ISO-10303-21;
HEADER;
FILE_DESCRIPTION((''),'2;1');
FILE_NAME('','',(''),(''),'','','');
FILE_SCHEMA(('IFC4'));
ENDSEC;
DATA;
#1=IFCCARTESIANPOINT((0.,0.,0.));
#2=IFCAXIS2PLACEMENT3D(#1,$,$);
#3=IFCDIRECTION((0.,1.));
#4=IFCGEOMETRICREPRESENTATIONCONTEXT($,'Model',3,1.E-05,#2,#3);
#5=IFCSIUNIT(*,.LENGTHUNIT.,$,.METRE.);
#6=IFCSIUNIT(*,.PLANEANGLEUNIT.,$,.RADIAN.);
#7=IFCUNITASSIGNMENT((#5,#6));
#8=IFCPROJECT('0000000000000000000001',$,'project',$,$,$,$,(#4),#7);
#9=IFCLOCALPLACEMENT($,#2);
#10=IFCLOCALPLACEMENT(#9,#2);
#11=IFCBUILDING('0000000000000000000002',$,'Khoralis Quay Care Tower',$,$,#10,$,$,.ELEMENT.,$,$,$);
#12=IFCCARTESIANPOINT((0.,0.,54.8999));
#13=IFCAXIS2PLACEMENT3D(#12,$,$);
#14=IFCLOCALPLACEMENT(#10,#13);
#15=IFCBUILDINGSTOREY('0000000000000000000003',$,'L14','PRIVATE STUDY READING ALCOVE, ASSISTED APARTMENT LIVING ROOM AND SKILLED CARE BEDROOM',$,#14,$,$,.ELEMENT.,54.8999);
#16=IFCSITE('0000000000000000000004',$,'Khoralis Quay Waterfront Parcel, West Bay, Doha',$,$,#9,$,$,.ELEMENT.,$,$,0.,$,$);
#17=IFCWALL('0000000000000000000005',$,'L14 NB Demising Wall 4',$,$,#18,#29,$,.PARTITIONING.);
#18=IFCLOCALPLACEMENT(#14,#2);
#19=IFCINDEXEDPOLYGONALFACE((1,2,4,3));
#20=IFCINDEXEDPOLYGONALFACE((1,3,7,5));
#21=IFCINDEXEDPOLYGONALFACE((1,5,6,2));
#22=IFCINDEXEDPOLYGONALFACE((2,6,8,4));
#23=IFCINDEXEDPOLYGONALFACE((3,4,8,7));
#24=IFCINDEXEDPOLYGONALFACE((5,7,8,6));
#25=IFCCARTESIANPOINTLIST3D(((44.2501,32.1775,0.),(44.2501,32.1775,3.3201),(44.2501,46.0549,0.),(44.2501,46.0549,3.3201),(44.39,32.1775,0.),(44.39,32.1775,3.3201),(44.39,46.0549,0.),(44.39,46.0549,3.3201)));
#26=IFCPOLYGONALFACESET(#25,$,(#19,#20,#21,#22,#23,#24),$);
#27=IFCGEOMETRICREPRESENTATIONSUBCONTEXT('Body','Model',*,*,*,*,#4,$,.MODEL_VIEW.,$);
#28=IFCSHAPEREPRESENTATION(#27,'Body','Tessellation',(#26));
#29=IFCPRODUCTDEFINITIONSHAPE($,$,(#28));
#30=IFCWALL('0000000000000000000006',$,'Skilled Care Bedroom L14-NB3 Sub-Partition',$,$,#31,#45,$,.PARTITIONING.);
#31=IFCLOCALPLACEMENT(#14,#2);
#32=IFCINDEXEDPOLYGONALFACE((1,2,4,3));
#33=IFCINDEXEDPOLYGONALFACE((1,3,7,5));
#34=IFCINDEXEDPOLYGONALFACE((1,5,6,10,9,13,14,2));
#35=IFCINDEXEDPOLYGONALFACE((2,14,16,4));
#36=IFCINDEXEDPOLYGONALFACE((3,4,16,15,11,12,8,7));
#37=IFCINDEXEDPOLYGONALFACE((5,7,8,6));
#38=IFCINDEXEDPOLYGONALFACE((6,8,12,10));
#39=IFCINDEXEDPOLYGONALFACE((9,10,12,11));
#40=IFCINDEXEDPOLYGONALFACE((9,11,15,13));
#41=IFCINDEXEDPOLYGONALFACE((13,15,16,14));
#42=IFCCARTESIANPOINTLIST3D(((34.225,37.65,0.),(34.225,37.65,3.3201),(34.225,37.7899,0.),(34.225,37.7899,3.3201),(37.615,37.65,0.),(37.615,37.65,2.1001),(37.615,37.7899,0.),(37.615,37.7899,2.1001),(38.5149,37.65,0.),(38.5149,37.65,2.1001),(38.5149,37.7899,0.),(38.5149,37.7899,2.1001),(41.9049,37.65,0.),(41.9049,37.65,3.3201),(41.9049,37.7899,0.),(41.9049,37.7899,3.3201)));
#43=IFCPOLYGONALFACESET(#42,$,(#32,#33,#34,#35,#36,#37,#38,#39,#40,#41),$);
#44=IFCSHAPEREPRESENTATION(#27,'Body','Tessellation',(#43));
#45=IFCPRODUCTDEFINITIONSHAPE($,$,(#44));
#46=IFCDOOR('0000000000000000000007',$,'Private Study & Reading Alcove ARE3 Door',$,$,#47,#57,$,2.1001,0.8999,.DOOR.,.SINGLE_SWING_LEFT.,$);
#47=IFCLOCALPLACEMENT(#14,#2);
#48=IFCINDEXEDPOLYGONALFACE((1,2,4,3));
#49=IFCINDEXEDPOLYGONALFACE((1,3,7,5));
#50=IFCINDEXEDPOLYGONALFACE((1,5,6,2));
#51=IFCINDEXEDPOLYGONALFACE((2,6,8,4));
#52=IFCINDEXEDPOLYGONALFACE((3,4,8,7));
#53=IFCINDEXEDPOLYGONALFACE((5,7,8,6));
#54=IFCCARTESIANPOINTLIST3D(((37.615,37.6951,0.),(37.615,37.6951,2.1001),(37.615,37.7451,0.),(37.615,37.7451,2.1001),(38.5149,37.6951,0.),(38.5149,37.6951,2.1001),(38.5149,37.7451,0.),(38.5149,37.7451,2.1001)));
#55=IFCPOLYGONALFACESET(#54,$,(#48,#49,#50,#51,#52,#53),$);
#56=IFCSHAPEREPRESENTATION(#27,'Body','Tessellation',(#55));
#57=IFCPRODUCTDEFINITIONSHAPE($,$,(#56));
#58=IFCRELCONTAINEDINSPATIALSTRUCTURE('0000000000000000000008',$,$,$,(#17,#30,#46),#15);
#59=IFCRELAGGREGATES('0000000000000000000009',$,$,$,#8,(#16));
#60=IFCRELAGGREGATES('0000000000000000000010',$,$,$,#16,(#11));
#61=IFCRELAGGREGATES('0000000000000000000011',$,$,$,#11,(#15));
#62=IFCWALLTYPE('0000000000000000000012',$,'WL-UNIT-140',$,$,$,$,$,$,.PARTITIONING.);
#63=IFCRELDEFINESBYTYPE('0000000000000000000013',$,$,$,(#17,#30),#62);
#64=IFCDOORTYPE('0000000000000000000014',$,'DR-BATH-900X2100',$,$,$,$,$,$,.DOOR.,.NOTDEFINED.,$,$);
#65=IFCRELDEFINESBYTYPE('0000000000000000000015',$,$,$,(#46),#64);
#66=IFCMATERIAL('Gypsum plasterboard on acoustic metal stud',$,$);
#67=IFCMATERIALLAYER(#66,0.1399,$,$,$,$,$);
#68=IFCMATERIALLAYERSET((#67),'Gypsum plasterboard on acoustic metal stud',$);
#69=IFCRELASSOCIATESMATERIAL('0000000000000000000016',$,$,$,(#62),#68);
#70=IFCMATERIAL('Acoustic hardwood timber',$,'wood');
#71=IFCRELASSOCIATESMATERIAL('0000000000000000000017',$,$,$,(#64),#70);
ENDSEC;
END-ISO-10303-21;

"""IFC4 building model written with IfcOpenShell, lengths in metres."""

from ifc_helpers import new_model, si_unit, direction, frame, frame_2d, origin, place, context, subcontext, project, spatial, rectangle, extrude, source, transform, mapped, material, layer, layer_set, type_object, element, fill, save


model = new_model("IFC4")

# Units and contexts
model_context = context("Model", 3, precision=1e-05, world=origin(), true_north=direction((0.0, 1.0)))
body_context = subcontext(model_context, "Body", "Model", "MODEL_VIEW")
ifc_project = project(units=[si_unit("LENGTHUNIT", "METRE"), si_unit("PLANEANGLEUNIT", "RADIAN")], contexts=[model_context])

# Site, building, storey
site_placement = place(None, origin())
site = spatial("IfcSite", under=ifc_project, at=site_placement, Name="Khoralis Quay Waterfront Parcel, West Bay, Doha", CompositionType="ELEMENT", RefElevation=0.0)
building_placement = place(site_placement, origin())
building = spatial("IfcBuilding", under=site, at=building_placement, Name="Khoralis Quay Care Tower", CompositionType="ELEMENT")
storey_placement = place(building_placement, frame((0.0, 0.0, 54.8999)))
storey = spatial("IfcBuildingStorey", under=building, at=storey_placement, Name="L14", Description="PRIVATE STUDY READING ALCOVE, ASSISTED APARTMENT LIVING ROOM AND SKILLED CARE BEDROOM", CompositionType="ELEMENT", Elevation=54.8999)

# Wall
ifc_material_1 = material(Name="Gypsum plasterboard on acoustic metal stud")
ifc_layer_1 = layer(ifc_material_1, 0.1399)
ifc_layer_set_1 = layer_set([ifc_layer_1], Name="Gypsum plasterboard on acoustic metal stud")
wall_type_1 = type_object("IfcWallType", Name="WL-UNIT-140", PredefinedType="PARTITIONING", material=ifc_layer_set_1)
wall_1_placement = place(storey_placement, frame((44.3201, 32.1775, 0.0), z_axis=(0.0, 0.0, 1.0), x_axis=(0.0, 1.0, 0.0)))
element("IfcWall", 1, at=wall_1_placement, inside=storey, type_object=wall_type_1, Name="L14 NB Demising Wall 4", PredefinedType="PARTITIONING", context=body_context, shape_type="SweptSolid", body=[
    extrude(rectangle(XDim=13.8774, YDim=0.1399, at=frame_2d((6.9387, 0.0))), origin(), (0.0, 0.0, 1.0), 3.3201),
])

# Wall, opening, door
wall_2_placement = place(storey_placement, frame((34.2251, 37.72, 0.0), z_axis=(0.0, 0.0, 1.0), x_axis=(1.0, 0.0, 0.0)))
wall_2 = element("IfcWall", 2, at=wall_2_placement, inside=storey, type_object=wall_type_1, Name="Skilled Care Bedroom L14-NB3 Sub-Partition", PredefinedType="PARTITIONING", context=body_context, shape_type="SweptSolid", body=[
    extrude(rectangle(XDim=7.6799, YDim=0.1399, at=frame_2d((3.8398, 0.0))), origin(), (0.0, 0.0, 1.0), 3.3201),
])
opening_1_placement = place(wall_2_placement, frame((3.3899, 0.0, 0.0)))
opening_1 = element("IfcOpeningElement", 3, at=opening_1_placement, cuts=wall_2, PredefinedType="OPENING", context=body_context, shape_type="SweptSolid", body=[
    extrude(rectangle(XDim=0.8999, YDim=2.1001, at=frame_2d((0.45, 1.05))), frame((0.0, 0.0801, 0.0), z_axis=(0.0, -1.0, 0.0), x_axis=(1.0, 0.0, 0.0)), (0.0, 0.0, 1.0), 0.1599),
])
ifc_material_2 = material(Name="Acoustic hardwood timber", Category="wood")
door_type = type_object("IfcDoorType", Name="DR-BATH-900X2100", OperationType="NOTDEFINED", PredefinedType="DOOR", material=ifc_material_2)
shared_shape_1 = source(origin(), body_context, "Body", "SweptSolid", [
    extrude(rectangle(XDim=0.8999, YDim=2.1001, at=frame_2d((0.45, 1.05))), frame((0.0, 0.0249, 0.0), z_axis=(0.0, -1.0, 0.0), x_axis=(1.0, 0.0, 0.0)), (0.0, 0.0, 1.0), 0.05),
])
door_placement = place(opening_1_placement, frame((0.8999, 0.0, 0.0), z_axis=(0.0, 0.0, 1.0), x_axis=(-1.0, 0.0, 0.0)))
door = element("IfcDoor", 4, at=door_placement, inside=storey, type_object=door_type, Name="Private Study & Reading Alcove ARE3 Door", OperationType="SINGLE_SWING_LEFT", OverallHeight=2.1001, OverallWidth=0.8999, PredefinedType="DOOR", context=body_context, shape_type="MappedRepresentation", body=[
    mapped(shared_shape_1, transform((0.0, 0.0, 0.0), scale=1.0)),
])
fill(opening_1, door)

save(model, "model.ifc")
